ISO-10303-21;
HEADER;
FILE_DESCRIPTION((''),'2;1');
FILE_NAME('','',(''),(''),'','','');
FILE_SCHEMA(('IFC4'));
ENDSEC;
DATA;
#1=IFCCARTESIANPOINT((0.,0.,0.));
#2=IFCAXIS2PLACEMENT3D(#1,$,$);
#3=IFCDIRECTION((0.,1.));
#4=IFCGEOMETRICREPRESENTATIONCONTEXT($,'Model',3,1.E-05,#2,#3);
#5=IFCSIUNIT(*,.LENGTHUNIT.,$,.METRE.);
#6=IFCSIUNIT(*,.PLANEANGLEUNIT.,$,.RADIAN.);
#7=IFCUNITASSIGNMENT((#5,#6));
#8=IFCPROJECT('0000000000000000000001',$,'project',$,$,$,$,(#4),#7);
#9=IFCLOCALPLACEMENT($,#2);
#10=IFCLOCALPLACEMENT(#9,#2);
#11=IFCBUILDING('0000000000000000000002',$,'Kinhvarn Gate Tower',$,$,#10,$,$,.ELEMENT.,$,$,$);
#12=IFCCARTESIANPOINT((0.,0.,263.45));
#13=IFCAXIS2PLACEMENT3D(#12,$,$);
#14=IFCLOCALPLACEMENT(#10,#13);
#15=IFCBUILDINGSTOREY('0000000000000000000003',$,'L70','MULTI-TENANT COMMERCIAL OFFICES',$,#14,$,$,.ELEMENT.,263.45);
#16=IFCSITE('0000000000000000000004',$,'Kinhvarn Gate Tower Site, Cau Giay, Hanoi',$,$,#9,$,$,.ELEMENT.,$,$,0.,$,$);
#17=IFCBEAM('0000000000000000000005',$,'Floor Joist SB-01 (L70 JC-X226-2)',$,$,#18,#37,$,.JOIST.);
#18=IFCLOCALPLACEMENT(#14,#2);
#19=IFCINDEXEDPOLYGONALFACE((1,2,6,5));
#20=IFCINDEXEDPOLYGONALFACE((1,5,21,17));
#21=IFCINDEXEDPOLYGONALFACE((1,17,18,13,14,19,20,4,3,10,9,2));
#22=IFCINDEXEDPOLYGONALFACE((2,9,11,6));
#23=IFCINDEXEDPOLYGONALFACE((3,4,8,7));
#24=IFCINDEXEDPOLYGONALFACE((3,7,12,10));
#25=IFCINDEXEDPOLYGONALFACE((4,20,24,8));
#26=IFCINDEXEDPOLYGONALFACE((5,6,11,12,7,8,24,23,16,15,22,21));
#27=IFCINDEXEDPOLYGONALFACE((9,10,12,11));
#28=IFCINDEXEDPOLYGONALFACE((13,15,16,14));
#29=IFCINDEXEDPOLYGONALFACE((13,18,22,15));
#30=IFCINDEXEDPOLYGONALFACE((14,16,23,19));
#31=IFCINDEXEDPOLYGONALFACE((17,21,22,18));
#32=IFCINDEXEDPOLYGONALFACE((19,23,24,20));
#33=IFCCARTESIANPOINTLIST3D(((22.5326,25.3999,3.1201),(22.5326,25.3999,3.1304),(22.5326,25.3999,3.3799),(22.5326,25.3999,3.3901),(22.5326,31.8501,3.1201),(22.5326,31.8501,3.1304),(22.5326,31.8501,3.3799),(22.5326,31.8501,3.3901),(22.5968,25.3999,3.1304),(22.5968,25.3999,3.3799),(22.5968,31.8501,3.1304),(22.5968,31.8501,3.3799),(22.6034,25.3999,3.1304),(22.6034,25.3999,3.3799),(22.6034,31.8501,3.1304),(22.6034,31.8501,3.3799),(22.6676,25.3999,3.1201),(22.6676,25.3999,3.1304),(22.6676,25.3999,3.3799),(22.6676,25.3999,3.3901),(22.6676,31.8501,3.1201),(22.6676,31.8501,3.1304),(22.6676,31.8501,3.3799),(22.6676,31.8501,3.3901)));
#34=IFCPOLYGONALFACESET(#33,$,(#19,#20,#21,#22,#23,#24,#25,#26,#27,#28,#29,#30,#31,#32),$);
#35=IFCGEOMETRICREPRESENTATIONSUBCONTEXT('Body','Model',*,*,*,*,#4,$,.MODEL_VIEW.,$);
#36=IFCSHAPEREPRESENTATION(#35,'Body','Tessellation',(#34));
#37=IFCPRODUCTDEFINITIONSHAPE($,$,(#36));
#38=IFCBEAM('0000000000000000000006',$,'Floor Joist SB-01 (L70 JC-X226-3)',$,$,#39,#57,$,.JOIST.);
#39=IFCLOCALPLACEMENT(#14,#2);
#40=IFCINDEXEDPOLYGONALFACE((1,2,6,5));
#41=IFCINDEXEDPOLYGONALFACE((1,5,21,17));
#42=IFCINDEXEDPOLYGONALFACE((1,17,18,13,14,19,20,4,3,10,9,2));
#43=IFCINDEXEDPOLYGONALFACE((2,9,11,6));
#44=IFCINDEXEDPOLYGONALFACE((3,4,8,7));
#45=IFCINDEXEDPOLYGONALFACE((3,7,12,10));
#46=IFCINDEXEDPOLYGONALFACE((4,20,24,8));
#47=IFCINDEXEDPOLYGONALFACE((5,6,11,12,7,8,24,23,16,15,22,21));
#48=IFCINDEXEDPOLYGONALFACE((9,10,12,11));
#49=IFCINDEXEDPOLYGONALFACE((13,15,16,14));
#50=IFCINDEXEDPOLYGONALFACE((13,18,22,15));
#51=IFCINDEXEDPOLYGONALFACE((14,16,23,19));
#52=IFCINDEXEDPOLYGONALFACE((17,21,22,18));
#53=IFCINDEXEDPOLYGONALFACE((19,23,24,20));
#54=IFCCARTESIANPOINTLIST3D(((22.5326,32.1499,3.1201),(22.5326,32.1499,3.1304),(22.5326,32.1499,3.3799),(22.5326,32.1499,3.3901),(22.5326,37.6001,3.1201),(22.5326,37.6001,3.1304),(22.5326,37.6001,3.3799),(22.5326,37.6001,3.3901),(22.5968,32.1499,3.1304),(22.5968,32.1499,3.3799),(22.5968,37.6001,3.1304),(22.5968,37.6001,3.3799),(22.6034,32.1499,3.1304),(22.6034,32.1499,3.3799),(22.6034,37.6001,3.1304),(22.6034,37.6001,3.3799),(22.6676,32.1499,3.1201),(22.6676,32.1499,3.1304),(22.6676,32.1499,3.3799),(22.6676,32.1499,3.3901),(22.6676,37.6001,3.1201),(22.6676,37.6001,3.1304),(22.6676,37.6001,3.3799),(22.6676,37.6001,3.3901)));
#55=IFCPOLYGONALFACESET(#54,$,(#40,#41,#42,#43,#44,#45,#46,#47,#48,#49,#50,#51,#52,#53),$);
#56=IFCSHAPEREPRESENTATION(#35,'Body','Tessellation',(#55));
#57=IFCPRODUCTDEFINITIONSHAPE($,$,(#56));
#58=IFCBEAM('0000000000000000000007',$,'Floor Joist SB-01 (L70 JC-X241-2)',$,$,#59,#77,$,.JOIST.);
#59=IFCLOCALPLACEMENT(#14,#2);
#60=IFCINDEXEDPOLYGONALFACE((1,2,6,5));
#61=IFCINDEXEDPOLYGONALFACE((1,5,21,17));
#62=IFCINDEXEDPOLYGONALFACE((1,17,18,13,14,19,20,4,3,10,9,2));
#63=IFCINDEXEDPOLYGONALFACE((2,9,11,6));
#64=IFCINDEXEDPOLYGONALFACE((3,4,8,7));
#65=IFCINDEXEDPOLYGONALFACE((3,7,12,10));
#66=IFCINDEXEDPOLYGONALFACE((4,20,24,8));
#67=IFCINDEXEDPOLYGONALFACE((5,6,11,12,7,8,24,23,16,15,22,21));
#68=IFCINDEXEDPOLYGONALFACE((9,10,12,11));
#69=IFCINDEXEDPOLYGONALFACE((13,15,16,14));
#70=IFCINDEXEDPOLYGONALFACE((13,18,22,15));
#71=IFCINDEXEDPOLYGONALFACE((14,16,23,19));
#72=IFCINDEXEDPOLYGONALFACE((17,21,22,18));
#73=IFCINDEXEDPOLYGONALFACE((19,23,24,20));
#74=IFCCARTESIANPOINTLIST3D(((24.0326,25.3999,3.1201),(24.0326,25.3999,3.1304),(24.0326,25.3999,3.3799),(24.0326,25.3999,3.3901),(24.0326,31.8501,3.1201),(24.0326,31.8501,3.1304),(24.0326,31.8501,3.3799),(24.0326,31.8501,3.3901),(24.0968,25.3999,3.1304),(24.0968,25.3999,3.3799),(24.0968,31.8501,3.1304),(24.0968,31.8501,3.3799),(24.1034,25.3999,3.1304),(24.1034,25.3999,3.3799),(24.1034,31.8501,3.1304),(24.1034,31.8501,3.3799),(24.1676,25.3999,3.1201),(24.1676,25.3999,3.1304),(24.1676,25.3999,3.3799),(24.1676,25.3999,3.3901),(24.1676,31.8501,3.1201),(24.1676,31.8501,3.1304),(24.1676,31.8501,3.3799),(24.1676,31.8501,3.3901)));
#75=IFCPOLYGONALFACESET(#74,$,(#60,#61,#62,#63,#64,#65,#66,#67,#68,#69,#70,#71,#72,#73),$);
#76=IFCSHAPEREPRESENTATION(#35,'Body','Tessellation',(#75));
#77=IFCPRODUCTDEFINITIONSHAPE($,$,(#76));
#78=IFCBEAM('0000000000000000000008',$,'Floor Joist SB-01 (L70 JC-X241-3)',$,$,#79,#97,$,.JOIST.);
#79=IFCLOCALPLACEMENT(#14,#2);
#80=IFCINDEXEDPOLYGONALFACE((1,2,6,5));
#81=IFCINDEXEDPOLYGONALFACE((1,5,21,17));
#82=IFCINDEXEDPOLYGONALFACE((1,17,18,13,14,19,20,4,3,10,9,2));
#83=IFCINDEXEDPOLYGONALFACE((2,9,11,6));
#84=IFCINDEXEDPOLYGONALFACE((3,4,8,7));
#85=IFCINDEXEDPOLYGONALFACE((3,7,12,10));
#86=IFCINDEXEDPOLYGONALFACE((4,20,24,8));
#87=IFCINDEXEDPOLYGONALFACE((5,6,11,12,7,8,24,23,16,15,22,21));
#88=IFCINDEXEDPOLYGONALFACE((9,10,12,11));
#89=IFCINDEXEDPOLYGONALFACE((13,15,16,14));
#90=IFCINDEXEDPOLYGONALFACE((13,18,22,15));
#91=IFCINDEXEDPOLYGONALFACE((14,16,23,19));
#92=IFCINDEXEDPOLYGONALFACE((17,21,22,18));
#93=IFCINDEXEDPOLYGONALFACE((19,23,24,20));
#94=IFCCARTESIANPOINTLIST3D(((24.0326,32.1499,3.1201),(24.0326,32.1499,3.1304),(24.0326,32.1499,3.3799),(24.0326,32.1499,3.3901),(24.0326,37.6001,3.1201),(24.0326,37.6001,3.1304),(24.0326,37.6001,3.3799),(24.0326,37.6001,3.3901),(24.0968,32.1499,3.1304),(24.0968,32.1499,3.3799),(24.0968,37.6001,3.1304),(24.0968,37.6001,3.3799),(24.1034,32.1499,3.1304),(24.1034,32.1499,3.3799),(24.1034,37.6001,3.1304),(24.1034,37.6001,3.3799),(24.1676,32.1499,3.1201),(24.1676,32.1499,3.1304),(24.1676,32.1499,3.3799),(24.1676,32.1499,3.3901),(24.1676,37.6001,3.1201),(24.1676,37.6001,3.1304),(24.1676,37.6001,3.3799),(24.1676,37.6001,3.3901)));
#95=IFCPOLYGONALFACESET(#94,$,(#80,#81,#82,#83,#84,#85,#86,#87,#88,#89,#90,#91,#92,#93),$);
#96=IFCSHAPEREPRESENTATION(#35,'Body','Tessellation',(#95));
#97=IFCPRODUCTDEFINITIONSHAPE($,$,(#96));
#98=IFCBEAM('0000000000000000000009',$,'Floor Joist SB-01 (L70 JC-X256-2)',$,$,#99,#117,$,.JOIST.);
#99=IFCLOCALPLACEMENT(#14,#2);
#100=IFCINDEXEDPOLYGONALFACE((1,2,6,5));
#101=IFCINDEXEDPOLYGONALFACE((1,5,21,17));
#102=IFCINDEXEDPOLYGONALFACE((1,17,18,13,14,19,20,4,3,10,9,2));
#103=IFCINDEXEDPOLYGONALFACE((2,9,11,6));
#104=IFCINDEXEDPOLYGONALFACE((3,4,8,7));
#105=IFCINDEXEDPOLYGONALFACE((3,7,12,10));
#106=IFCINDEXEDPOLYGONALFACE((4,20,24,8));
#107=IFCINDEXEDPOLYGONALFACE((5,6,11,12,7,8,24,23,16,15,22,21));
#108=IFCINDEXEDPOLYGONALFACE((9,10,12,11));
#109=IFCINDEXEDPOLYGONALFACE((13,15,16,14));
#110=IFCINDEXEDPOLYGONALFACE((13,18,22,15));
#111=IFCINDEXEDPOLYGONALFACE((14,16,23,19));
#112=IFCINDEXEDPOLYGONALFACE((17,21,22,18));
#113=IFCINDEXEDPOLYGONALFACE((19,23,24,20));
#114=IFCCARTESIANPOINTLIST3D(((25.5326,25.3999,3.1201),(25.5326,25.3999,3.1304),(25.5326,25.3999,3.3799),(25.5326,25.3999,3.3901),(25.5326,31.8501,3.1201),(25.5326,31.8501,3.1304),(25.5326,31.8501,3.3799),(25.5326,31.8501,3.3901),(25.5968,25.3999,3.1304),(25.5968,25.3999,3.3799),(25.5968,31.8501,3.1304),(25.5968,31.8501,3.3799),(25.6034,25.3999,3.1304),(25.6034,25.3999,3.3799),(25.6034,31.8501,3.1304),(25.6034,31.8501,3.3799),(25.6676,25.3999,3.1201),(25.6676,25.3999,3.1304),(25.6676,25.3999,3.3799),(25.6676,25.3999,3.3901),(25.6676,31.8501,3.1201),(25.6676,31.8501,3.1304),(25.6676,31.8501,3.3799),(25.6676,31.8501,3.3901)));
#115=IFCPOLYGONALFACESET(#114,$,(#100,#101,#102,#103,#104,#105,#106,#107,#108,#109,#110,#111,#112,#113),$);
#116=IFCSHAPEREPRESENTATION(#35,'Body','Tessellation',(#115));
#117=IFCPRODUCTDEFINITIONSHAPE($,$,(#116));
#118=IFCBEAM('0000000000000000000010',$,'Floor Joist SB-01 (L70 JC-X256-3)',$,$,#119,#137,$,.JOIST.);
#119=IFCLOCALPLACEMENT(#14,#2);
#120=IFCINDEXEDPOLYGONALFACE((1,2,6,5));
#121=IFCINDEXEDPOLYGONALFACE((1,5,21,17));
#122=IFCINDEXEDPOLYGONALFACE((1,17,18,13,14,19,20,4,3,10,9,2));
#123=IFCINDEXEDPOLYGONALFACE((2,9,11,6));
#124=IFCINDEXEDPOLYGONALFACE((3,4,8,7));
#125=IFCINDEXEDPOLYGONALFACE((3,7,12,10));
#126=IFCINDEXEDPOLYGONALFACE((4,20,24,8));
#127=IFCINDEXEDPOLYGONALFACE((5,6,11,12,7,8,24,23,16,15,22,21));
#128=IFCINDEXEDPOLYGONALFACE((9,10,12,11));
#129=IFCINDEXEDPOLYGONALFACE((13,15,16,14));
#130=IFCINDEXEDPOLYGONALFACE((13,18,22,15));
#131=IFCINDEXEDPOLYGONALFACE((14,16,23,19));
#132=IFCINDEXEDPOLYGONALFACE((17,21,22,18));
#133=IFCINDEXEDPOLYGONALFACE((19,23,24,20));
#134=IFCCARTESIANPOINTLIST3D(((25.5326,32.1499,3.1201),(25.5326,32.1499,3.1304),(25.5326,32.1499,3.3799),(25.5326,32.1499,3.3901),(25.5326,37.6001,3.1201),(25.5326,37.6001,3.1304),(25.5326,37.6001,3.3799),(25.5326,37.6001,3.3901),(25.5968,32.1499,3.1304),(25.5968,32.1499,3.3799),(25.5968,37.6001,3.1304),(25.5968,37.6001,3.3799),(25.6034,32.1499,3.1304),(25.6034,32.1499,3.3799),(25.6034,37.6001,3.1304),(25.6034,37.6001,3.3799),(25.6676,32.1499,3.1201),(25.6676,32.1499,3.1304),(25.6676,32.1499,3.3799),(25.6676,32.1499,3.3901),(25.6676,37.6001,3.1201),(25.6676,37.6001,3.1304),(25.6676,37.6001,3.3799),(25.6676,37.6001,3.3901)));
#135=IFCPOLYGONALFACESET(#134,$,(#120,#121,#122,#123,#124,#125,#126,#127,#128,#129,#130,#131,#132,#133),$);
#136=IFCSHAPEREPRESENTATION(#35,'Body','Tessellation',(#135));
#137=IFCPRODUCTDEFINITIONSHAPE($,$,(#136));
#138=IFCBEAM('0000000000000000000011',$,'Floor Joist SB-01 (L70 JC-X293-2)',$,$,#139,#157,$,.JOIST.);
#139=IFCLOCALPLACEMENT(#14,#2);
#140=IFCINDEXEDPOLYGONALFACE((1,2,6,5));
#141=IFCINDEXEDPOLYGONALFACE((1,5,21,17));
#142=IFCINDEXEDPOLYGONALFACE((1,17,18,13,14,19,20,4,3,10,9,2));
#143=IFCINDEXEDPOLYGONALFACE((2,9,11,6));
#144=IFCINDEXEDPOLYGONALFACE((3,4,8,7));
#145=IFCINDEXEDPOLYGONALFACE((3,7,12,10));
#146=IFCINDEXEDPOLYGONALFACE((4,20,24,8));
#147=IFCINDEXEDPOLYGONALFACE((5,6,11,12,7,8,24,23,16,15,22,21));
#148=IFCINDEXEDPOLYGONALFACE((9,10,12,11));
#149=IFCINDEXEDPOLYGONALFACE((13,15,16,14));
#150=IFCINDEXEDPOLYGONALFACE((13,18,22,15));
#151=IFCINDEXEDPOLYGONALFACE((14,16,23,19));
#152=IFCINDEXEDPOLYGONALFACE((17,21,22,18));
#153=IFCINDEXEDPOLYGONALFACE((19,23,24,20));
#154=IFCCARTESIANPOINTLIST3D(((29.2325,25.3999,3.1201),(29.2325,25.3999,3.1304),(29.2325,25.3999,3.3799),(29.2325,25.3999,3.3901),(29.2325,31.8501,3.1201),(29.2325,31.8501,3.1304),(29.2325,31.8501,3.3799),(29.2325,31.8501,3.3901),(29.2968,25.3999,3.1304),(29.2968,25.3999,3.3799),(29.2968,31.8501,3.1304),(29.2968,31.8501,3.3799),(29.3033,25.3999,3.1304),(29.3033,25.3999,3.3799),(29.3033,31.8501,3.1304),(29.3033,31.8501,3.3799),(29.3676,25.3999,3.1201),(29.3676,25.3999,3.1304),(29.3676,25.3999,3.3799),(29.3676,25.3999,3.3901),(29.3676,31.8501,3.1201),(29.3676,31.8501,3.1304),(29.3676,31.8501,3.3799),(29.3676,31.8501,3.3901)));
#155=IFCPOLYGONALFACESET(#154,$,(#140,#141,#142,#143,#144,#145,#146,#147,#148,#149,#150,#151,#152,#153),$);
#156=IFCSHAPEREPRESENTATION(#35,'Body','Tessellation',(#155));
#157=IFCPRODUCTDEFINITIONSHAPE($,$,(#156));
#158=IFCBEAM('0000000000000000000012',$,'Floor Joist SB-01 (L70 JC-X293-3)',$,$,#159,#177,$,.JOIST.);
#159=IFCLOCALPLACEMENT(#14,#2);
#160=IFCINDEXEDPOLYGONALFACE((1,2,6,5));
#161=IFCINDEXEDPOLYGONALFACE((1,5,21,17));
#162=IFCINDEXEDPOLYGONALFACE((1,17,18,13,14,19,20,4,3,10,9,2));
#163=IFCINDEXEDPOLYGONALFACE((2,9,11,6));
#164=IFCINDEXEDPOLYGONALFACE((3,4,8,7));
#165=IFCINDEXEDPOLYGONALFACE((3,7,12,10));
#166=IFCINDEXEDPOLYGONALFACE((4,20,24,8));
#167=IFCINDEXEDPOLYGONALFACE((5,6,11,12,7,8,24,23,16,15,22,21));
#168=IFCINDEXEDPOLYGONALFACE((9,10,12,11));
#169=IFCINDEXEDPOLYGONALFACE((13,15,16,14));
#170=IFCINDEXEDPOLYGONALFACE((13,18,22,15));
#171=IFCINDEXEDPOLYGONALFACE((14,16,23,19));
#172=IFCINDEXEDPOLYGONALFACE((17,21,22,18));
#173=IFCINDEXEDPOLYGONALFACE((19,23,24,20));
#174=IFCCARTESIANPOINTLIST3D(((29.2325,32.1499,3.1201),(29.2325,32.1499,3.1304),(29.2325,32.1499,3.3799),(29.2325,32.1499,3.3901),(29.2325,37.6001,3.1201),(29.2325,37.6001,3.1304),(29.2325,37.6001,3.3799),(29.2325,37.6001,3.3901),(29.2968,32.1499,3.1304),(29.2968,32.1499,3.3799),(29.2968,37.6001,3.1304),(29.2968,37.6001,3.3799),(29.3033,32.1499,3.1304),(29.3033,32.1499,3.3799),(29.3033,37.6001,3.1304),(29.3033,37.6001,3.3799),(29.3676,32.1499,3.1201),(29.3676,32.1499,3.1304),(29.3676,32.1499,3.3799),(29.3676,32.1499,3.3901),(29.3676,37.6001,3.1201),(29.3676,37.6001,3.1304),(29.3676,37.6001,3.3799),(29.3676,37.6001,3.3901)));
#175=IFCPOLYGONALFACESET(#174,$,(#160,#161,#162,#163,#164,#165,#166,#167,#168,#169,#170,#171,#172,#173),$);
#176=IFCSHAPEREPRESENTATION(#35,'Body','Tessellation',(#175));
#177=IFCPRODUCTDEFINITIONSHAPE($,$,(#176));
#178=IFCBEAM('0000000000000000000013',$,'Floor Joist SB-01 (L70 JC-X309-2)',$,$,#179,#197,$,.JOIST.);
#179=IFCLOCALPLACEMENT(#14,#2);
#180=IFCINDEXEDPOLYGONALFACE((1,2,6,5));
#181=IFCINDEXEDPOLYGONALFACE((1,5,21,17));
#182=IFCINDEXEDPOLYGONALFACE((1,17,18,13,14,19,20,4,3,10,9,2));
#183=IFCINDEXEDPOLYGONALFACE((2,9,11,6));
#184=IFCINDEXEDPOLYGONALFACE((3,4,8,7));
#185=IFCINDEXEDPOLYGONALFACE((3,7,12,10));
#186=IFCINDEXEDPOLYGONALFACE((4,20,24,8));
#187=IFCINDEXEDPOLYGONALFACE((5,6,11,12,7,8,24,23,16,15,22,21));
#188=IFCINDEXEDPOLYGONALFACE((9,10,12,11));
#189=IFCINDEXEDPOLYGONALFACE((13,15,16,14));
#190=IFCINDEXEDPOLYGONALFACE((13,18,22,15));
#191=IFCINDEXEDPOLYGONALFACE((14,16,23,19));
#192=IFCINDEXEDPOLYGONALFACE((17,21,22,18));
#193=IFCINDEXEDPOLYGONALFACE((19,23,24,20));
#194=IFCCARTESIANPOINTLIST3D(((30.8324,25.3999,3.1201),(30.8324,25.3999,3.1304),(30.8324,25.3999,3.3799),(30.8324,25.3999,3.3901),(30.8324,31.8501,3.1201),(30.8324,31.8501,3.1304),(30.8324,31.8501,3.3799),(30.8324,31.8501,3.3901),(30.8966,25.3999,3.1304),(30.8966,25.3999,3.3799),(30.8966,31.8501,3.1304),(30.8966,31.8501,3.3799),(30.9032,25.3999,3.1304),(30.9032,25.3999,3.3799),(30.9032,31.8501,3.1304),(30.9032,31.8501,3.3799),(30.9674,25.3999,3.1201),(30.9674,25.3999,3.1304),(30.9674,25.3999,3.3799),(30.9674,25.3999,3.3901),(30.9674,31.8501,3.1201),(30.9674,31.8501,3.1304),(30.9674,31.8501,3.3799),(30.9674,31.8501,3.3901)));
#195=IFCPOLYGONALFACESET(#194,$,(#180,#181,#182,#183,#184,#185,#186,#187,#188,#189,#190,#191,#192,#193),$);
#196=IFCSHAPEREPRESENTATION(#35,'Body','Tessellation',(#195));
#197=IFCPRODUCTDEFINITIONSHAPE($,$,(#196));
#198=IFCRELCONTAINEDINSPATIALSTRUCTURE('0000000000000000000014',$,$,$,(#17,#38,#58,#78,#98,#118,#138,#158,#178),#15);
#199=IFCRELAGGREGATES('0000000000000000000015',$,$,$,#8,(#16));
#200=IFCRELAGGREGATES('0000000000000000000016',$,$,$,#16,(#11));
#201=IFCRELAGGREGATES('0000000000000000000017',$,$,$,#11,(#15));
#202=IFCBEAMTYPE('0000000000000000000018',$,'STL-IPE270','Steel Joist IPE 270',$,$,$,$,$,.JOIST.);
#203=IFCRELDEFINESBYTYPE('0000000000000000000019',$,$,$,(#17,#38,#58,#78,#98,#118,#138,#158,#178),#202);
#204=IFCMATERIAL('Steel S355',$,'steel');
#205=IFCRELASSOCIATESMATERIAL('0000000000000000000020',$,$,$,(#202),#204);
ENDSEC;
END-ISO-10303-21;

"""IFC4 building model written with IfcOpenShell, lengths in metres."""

from ifc_helpers import new_model, si_unit, direction, frame, origin, origin_2d, place, context, subcontext, project, spatial, i_section, extrude, material, material_profile, profile_set, type_object, element, save


model = new_model("IFC4")

# Units and contexts
model_context = context("Model", 3, precision=1e-05, world=origin(), true_north=direction((0.0, 1.0)))
body_context = subcontext(model_context, "Body", "Model", "MODEL_VIEW")
ifc_project = project(units=[si_unit("LENGTHUNIT", "METRE"), si_unit("PLANEANGLEUNIT", "RADIAN")], contexts=[model_context])

# Site, building, storey
site_placement = place(None, origin())
site = spatial("IfcSite", under=ifc_project, at=site_placement, Name="Kinhvarn Gate Tower Site, Cau Giay, Hanoi", CompositionType="ELEMENT", RefElevation=0.0)
building_placement = place(site_placement, origin())
building = spatial("IfcBuilding", under=site, at=building_placement, Name="Kinhvarn Gate Tower", CompositionType="ELEMENT")
storey_placement = place(building_placement, frame((0.0, 0.0, 263.45)))
storey = spatial("IfcBuildingStorey", under=building, at=storey_placement, Name="L70", Description="MULTI-TENANT COMMERCIAL OFFICES", CompositionType="ELEMENT", Elevation=263.45)

# Beams
ifc_material_1 = material(Name="Steel S355", Category="steel")
ifc_material_profile = material_profile(ifc_material_1, i_section(OverallWidth=0.135, OverallDepth=0.27, WebThickness=0.0066, FlangeThickness=0.0103, at=origin_2d()), Name="IPE 270")
ifc_profile_set = profile_set([ifc_material_profile], Name="Steel S355")
beam_type = type_object("IfcBeamType", Name="STL-IPE270", Description="Steel Joist IPE 270", PredefinedType="JOIST", material=ifc_profile_set)
beam_1_placement = place(storey_placement, frame((22.6001, 25.3999, 3.2551), z_axis=(0.0, 1.0, 0.0), x_axis=(-1.0, 0.0, 0.0)))
element("IfcBeam", 1, at=beam_1_placement, inside=storey, type_object=beam_type, Name="Floor Joist SB-01 (L70 JC-X226-2)", PredefinedType="JOIST", context=body_context, shape_type="SweptSolid", body=[
    extrude(i_section(OverallWidth=0.135, OverallDepth=0.27, WebThickness=0.0066, FlangeThickness=0.0103, at=origin_2d()), origin(), (0.0, 0.0, 1.0), 6.4502),
])
beam_2_placement = place(storey_placement, frame((22.6001, 32.1499, 3.2551), z_axis=(0.0, 1.0, 0.0), x_axis=(-1.0, 0.0, 0.0)))
element("IfcBeam", 2, at=beam_2_placement, inside=storey, type_object=beam_type, Name="Floor Joist SB-01 (L70 JC-X226-3)", PredefinedType="JOIST", context=body_context, shape_type="SweptSolid", body=[
    extrude(i_section(OverallWidth=0.135, OverallDepth=0.27, WebThickness=0.0066, FlangeThickness=0.0103, at=origin_2d()), origin(), (0.0, 0.0, 1.0), 5.4502),
])
beam_3_placement = place(storey_placement, frame((24.1001, 25.3999, 3.2551), z_axis=(0.0, 1.0, 0.0), x_axis=(-1.0, 0.0, 0.0)))
element("IfcBeam", 3, at=beam_3_placement, inside=storey, type_object=beam_type, Name="Floor Joist SB-01 (L70 JC-X241-2)", PredefinedType="JOIST", context=body_context, shape_type="SweptSolid", body=[
    extrude(i_section(OverallWidth=0.135, OverallDepth=0.27, WebThickness=0.0066, FlangeThickness=0.0103, at=origin_2d()), origin(), (0.0, 0.0, 1.0), 6.4502),
])
beam_4_placement = place(storey_placement, frame((24.1001, 32.1499, 3.2551), z_axis=(0.0, 1.0, 0.0), x_axis=(-1.0, 0.0, 0.0)))
element("IfcBeam", 4, at=beam_4_placement, inside=storey, type_object=beam_type, Name="Floor Joist SB-01 (L70 JC-X241-3)", PredefinedType="JOIST", context=body_context, shape_type="SweptSolid", body=[
    extrude(i_section(OverallWidth=0.135, OverallDepth=0.27, WebThickness=0.0066, FlangeThickness=0.0103, at=origin_2d()), origin(), (0.0, 0.0, 1.0), 5.4502),
])
beam_5_placement = place(storey_placement, frame((25.6001, 25.3999, 3.2551), z_axis=(0.0, 1.0, 0.0), x_axis=(-1.0, 0.0, 0.0)))
element("IfcBeam", 5, at=beam_5_placement, inside=storey, type_object=beam_type, Name="Floor Joist SB-01 (L70 JC-X256-2)", PredefinedType="JOIST", context=body_context, shape_type="SweptSolid", body=[
    extrude(i_section(OverallWidth=0.135, OverallDepth=0.27, WebThickness=0.0066, FlangeThickness=0.0103, at=origin_2d()), origin(), (0.0, 0.0, 1.0), 6.4502),
])
beam_6_placement = place(storey_placement, frame((25.6001, 32.1499, 3.2551), z_axis=(0.0, 1.0, 0.0), x_axis=(-1.0, 0.0, 0.0)))
element("IfcBeam", 6, at=beam_6_placement, inside=storey, type_object=beam_type, Name="Floor Joist SB-01 (L70 JC-X256-3)", PredefinedType="JOIST", context=body_context, shape_type="SweptSolid", body=[
    extrude(i_section(OverallWidth=0.135, OverallDepth=0.27, WebThickness=0.0066, FlangeThickness=0.0103, at=origin_2d()), origin(), (0.0, 0.0, 1.0), 5.4502),
])
beam_7_placement = place(storey_placement, frame((29.3, 25.3999, 3.2551), z_axis=(0.0, 1.0, 0.0), x_axis=(-1.0, 0.0, 0.0)))
element("IfcBeam", 7, at=beam_7_placement, inside=storey, type_object=beam_type, Name="Floor Joist SB-01 (L70 JC-X293-2)", PredefinedType="JOIST", context=body_context, shape_type="SweptSolid", body=[
    extrude(i_section(OverallWidth=0.135, OverallDepth=0.27, WebThickness=0.0066, FlangeThickness=0.0103, at=origin_2d()), origin(), (0.0, 0.0, 1.0), 6.4502),
])
beam_8_placement = place(storey_placement, frame((29.3, 32.1499, 3.2551), z_axis=(0.0, 1.0, 0.0), x_axis=(-1.0, 0.0, 0.0)))
element("IfcBeam", 8, at=beam_8_placement, inside=storey, type_object=beam_type, Name="Floor Joist SB-01 (L70 JC-X293-3)", PredefinedType="JOIST", context=body_context, shape_type="SweptSolid", body=[
    extrude(i_section(OverallWidth=0.135, OverallDepth=0.27, WebThickness=0.0066, FlangeThickness=0.0103, at=origin_2d()), origin(), (0.0, 0.0, 1.0), 5.4502),
])
beam_9_placement = place(storey_placement, frame((30.8999, 25.3999, 3.2551), z_axis=(0.0, 1.0, 0.0), x_axis=(-1.0, 0.0, 0.0)))
element("IfcBeam", 9, at=beam_9_placement, inside=storey, type_object=beam_type, Name="Floor Joist SB-01 (L70 JC-X309-2)", PredefinedType="JOIST", context=body_context, shape_type="SweptSolid", body=[
    extrude(i_section(OverallWidth=0.135, OverallDepth=0.27, WebThickness=0.0066, FlangeThickness=0.0103, at=origin_2d()), origin(), (0.0, 0.0, 1.0), 6.4502),
])

save(model, "model.ifc")
